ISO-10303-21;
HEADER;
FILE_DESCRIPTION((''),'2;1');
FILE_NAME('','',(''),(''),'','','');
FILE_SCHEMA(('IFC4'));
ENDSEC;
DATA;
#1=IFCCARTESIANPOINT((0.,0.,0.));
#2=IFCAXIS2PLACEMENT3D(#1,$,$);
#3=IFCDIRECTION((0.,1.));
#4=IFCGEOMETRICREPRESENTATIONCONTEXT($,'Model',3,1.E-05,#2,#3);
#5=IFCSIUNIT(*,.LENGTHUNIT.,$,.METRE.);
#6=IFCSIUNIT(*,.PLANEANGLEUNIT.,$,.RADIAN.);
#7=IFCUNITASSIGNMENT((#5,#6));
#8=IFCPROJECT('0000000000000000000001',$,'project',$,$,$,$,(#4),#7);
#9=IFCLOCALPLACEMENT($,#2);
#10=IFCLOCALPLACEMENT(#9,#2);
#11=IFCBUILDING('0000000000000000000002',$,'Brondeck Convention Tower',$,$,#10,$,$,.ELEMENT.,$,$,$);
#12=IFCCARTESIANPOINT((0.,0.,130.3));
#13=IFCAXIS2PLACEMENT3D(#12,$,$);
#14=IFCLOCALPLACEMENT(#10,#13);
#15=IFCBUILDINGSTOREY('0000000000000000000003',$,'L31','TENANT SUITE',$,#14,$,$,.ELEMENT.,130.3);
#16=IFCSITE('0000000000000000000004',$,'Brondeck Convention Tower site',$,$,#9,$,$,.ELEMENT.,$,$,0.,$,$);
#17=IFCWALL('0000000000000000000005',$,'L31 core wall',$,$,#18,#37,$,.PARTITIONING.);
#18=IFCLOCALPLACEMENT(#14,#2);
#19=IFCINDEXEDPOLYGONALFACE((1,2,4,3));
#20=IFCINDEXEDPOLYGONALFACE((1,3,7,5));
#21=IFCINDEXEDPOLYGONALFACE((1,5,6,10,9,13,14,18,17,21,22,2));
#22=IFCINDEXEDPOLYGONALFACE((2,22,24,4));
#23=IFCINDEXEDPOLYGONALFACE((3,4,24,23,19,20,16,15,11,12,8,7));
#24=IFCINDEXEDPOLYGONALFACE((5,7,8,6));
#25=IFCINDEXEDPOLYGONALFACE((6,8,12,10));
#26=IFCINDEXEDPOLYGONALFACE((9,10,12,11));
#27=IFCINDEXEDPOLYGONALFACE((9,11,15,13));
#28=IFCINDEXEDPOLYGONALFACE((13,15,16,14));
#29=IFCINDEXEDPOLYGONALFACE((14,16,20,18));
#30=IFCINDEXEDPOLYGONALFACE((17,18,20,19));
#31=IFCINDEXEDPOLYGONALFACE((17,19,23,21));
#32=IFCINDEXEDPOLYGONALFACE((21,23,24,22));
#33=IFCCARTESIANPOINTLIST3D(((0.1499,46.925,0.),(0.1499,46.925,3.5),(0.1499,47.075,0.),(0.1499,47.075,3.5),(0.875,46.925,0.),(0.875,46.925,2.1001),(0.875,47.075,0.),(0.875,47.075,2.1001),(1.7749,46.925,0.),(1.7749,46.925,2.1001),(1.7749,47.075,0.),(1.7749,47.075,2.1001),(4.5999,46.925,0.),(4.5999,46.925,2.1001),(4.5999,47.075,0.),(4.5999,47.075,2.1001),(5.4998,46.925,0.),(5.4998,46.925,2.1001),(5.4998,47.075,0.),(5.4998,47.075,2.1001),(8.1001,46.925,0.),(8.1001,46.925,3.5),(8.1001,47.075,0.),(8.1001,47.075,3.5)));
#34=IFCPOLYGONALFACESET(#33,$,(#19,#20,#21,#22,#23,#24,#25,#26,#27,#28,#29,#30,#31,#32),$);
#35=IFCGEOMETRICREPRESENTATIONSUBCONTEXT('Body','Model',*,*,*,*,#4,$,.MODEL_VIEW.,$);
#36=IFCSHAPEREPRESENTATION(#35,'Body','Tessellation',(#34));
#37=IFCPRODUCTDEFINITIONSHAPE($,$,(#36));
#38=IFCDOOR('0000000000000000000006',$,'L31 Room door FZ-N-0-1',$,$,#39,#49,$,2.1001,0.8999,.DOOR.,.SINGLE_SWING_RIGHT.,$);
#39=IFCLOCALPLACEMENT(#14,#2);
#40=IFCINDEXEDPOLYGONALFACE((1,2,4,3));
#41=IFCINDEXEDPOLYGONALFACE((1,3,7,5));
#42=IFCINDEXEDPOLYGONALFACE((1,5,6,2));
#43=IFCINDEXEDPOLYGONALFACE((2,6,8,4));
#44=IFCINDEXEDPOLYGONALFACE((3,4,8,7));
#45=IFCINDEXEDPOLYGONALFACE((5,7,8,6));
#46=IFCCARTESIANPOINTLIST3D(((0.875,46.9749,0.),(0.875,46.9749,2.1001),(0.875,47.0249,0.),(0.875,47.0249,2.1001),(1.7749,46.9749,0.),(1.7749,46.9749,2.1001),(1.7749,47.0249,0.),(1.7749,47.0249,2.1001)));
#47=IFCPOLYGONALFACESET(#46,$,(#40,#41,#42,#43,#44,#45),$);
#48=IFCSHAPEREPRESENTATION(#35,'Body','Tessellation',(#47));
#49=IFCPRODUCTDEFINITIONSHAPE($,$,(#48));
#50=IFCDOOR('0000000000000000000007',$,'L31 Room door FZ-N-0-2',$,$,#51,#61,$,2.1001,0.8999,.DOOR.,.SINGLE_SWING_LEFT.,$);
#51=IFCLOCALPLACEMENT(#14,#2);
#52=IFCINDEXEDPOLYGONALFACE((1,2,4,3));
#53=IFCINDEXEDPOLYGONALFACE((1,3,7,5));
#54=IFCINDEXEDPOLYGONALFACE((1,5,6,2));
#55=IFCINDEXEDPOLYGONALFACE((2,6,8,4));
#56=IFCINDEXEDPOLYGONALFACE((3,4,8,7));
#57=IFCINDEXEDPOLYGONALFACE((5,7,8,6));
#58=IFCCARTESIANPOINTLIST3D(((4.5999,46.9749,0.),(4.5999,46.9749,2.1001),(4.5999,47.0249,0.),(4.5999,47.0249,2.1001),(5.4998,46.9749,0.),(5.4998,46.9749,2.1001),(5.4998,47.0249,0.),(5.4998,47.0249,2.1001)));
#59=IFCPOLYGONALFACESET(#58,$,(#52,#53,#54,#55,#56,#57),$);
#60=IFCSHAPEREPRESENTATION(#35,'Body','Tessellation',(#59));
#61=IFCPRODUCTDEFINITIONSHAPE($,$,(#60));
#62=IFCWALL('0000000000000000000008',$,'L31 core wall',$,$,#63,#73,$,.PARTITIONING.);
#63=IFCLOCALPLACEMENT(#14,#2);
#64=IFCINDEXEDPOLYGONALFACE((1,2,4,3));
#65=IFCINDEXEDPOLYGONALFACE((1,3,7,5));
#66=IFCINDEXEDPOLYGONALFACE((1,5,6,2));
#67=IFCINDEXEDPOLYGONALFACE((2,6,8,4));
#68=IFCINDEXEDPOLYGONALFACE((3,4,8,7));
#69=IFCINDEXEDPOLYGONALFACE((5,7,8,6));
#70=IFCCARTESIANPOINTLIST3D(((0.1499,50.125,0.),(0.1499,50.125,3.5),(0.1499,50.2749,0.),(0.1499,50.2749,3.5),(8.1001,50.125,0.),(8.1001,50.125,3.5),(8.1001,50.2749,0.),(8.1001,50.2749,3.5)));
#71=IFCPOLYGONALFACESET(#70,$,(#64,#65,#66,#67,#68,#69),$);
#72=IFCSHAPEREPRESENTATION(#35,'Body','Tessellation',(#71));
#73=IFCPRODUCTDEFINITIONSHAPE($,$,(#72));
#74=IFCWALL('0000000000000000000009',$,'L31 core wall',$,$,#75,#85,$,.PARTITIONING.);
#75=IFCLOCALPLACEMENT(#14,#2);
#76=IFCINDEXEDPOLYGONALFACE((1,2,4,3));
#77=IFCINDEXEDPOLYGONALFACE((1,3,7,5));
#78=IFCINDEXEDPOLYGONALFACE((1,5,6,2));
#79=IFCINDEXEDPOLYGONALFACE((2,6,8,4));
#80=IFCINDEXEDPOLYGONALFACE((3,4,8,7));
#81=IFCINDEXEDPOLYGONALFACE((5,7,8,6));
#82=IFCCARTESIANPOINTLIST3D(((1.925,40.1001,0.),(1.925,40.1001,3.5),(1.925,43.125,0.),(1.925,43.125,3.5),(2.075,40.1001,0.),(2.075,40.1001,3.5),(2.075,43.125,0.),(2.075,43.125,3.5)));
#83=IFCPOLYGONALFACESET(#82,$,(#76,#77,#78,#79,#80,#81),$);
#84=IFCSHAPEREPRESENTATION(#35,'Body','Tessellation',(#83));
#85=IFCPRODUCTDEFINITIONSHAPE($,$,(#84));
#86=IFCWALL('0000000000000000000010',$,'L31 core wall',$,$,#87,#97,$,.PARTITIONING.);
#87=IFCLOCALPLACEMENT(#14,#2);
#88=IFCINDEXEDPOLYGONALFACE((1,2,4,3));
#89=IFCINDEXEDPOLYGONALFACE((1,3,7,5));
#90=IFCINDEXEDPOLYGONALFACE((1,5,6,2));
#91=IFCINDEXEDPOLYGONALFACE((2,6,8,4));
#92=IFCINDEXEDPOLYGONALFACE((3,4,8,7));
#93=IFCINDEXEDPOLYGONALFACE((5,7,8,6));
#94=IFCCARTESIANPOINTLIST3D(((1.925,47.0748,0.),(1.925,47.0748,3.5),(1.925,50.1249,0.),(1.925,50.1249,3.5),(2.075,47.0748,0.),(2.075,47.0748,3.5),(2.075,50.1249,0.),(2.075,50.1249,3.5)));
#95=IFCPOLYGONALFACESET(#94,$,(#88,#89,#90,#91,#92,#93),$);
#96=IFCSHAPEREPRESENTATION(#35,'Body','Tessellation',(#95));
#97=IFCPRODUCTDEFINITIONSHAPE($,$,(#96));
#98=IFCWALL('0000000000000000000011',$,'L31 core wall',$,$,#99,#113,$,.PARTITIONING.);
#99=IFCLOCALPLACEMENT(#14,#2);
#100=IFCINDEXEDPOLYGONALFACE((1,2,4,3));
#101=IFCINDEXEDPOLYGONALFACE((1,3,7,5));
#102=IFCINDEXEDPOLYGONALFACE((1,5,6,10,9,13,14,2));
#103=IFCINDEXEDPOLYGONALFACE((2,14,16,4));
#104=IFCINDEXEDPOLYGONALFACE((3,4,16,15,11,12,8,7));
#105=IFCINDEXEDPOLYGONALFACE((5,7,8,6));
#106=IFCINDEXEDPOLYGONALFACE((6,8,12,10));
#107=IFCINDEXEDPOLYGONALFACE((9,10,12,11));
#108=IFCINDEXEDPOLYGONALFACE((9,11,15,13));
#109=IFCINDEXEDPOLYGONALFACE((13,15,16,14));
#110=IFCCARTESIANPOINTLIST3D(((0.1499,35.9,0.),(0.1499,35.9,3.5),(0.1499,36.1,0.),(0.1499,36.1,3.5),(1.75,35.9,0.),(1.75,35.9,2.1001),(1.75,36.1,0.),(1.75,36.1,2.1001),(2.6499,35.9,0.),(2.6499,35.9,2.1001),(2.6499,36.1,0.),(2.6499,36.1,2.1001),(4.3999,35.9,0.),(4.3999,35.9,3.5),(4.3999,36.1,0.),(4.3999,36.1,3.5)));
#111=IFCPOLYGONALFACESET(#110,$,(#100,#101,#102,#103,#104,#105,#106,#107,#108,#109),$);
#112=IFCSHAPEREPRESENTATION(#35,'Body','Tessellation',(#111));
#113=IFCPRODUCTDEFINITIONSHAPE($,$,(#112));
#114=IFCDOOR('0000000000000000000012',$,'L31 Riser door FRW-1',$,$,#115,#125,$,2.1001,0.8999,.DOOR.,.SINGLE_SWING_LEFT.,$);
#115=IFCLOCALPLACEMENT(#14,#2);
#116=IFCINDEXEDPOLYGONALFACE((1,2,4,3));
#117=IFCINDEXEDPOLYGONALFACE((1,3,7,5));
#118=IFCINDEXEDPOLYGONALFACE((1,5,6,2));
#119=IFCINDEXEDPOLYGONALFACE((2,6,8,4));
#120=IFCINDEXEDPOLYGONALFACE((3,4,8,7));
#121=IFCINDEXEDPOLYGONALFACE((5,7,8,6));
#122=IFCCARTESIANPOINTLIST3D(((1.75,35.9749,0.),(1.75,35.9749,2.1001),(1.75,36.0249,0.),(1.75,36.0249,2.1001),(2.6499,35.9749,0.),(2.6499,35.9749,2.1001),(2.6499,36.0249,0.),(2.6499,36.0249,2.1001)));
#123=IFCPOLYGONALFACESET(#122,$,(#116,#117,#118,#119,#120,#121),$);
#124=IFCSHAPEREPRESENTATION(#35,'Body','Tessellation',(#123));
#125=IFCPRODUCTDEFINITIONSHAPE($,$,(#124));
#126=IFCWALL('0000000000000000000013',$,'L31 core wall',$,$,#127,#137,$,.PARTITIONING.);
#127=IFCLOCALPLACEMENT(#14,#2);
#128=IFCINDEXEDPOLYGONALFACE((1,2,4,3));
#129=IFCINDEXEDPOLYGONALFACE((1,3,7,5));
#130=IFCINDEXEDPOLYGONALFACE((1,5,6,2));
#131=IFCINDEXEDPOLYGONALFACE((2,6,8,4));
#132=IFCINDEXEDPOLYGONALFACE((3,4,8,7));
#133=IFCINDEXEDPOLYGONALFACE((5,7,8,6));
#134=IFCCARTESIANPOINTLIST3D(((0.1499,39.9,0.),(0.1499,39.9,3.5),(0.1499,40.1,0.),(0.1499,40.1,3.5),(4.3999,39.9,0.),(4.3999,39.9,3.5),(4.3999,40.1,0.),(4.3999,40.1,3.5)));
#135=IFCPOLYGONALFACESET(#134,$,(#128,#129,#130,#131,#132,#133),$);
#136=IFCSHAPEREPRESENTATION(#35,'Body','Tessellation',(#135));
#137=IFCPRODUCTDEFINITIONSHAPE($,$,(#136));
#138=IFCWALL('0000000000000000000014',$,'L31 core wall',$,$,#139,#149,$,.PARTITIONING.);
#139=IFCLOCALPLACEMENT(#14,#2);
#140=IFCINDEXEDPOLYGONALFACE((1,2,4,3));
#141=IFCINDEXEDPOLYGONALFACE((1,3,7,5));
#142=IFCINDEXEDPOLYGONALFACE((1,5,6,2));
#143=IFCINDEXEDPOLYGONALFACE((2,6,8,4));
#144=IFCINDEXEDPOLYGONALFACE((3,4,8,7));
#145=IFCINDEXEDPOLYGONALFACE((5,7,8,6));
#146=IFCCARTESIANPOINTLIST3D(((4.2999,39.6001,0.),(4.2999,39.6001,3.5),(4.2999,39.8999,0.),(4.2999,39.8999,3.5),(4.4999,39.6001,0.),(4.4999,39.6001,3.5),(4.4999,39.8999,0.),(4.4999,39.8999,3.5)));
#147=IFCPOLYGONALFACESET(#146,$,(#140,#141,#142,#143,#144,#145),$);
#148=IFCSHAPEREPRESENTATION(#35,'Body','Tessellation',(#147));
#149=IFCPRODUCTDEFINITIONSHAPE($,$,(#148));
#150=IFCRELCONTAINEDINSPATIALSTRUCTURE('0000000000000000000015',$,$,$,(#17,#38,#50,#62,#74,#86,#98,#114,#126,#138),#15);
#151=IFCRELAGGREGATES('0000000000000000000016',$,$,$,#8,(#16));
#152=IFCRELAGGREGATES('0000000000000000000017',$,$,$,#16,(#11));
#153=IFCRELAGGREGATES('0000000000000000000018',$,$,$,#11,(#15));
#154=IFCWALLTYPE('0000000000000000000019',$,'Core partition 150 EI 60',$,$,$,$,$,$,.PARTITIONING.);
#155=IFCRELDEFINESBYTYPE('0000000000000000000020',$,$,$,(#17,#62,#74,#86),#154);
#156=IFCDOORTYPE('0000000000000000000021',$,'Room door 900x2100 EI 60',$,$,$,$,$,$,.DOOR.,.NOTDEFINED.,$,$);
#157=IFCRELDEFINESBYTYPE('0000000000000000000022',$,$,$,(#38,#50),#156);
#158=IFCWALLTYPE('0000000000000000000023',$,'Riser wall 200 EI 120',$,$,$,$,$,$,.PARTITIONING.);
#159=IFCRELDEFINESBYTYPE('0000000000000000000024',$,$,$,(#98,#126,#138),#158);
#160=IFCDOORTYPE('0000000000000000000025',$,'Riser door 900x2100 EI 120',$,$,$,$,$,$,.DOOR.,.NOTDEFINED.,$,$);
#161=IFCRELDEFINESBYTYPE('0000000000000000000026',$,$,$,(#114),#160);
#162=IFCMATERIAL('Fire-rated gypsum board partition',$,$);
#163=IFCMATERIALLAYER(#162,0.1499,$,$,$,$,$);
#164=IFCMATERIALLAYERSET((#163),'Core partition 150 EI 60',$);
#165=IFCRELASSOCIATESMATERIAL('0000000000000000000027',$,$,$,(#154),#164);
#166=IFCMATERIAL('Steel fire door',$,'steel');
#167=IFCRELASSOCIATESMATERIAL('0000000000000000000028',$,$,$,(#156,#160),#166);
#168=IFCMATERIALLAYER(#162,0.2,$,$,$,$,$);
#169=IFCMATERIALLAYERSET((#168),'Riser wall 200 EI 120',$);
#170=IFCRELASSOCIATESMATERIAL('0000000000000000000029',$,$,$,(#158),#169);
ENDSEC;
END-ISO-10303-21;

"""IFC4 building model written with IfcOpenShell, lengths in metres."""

from ifc_helpers import new_model, si_unit, direction, frame, frame_2d, origin, place, context, subcontext, project, spatial, rectangle, extrude, material, layer, layer_set, type_object, element, fill, save


model = new_model("IFC4")

# Units and contexts
model_context = context("Model", 3, precision=1e-05, world=origin(), true_north=direction((0.0, 1.0)))
body_context = subcontext(model_context, "Body", "Model", "MODEL_VIEW")
ifc_project = project(units=[si_unit("LENGTHUNIT", "METRE"), si_unit("PLANEANGLEUNIT", "RADIAN")], contexts=[model_context])

# Site, building, storey
site_placement = place(None, origin())
site = spatial("IfcSite", under=ifc_project, at=site_placement, Name="Brondeck Convention Tower site", CompositionType="ELEMENT", RefElevation=0.0)
building_placement = place(site_placement, origin())
building = spatial("IfcBuilding", under=site, at=building_placement, Name="Brondeck Convention Tower", CompositionType="ELEMENT")
storey_placement = place(building_placement, frame((0.0, 0.0, 130.3)))
storey = spatial("IfcBuildingStorey", under=building, at=storey_placement, Name="L31", Description="TENANT SUITE", CompositionType="ELEMENT", Elevation=130.3)

# Shared definitions
ifc_material_1 = material(Name="Fire-rated gypsum board partition")
ifc_layer_1 = layer(ifc_material_1, 0.1499)
ifc_layer_set_1 = layer_set([ifc_layer_1], Name="Core partition 150 EI 60")
wall_type_1 = type_object("IfcWallType", Name="Core partition 150 EI 60", PredefinedType="PARTITIONING", material=ifc_layer_set_1)

# Wall, openings, doors
ifc_material_2 = material(Name="Steel fire door", Category="steel")
door_type_1 = type_object("IfcDoorType", Name="Room door 900x2100 EI 60", OperationType="NOTDEFINED", PredefinedType="DOOR", material=ifc_material_2)
wall_1_placement = place(storey_placement, frame((0.1499, 47.0, 0.0), z_axis=(0.0, 0.0, 1.0), x_axis=(1.0, 0.0, 0.0)))
wall_1 = element("IfcWall", 1, at=wall_1_placement, inside=storey, type_object=wall_type_1, Name="L31 core wall", PredefinedType="PARTITIONING", context=body_context, shape_type="SweptSolid", body=[
    extrude(rectangle(XDim=7.9502, YDim=0.1499, at=frame_2d((3.9751, 0.0))), origin(), (0.0, 0.0, 1.0), 3.5),
])
opening_1_placement = place(wall_1_placement, frame((0.7251, 0.0, 0.0)))
opening_1 = element("IfcOpeningElement", 2, at=opening_1_placement, cuts=wall_1, PredefinedType="OPENING", context=body_context, shape_type="SweptSolid", body=[
    extrude(rectangle(XDim=0.8999, YDim=2.1001, at=frame_2d((0.45, 1.05))), frame((0.0, 0.085, 0.0), z_axis=(0.0, -1.0, 0.0), x_axis=(1.0, 0.0, 0.0)), (0.0, 0.0, 1.0), 0.1699),
])
opening_2_placement = place(wall_1_placement, frame((4.45, 0.0, 0.0)))
opening_2 = element("IfcOpeningElement", 3, at=opening_2_placement, cuts=wall_1, PredefinedType="OPENING", context=body_context, shape_type="SweptSolid", body=[
    extrude(rectangle(XDim=0.8999, YDim=2.1001, at=frame_2d((0.45, 1.05))), frame((0.0, 0.085, 0.0), z_axis=(0.0, -1.0, 0.0), x_axis=(1.0, 0.0, 0.0)), (0.0, 0.0, 1.0), 0.1699),
])
door_1_placement = place(opening_1_placement, origin())
door_1 = element("IfcDoor", 4, at=door_1_placement, inside=storey, type_object=door_type_1, Name="L31 Room door FZ-N-0-1", OperationType="SINGLE_SWING_RIGHT", OverallHeight=2.1001, OverallWidth=0.8999, PredefinedType="DOOR", context=body_context, shape_type="SweptSolid", body=[
    extrude(rectangle(XDim=0.8999, YDim=2.1001, at=frame_2d((0.45, 1.05))), frame((0.0, 0.0249, 0.0), z_axis=(0.0, -1.0, 0.0), x_axis=(1.0, 0.0, 0.0)), (0.0, 0.0, 1.0), 0.05),
])
fill(opening_1, door_1)
door_2_placement = place(opening_2_placement, origin())
door_2 = element("IfcDoor", 5, at=door_2_placement, inside=storey, type_object=door_type_1, Name="L31 Room door FZ-N-0-2", OperationType="SINGLE_SWING_LEFT", OverallHeight=2.1001, OverallWidth=0.8999, PredefinedType="DOOR", context=body_context, shape_type="SweptSolid", body=[
    extrude(rectangle(XDim=0.8999, YDim=2.1001, at=frame_2d((0.45, 1.05))), frame((0.0, 0.0249, 0.0), z_axis=(0.0, -1.0, 0.0), x_axis=(1.0, 0.0, 0.0)), (0.0, 0.0, 1.0), 0.05),
])
fill(opening_2, door_2)

# Walls
wall_2_placement = place(storey_placement, frame((0.1499, 50.2, 0.0), z_axis=(0.0, 0.0, 1.0), x_axis=(1.0, 0.0, 0.0)))
element("IfcWall", 6, at=wall_2_placement, inside=storey, type_object=wall_type_1, Name="L31 core wall", PredefinedType="PARTITIONING", context=body_context, shape_type="SweptSolid", body=[
    extrude(rectangle(XDim=7.9502, YDim=0.1499, at=frame_2d((3.9751, 0.0))), origin(), (0.0, 0.0, 1.0), 3.5),
])
wall_3_placement = place(storey_placement, frame((2.0, 40.1001, 0.0), z_axis=(0.0, 0.0, 1.0), x_axis=(0.0, 1.0, 0.0)))
element("IfcWall", 7, at=wall_3_placement, inside=storey, type_object=wall_type_1, Name="L31 core wall", PredefinedType="PARTITIONING", context=body_context, shape_type="SweptSolid", body=[
    extrude(rectangle(XDim=3.0249, YDim=0.1499, at=frame_2d((1.5125, 0.0))), origin(), (0.0, 0.0, 1.0), 3.5),
])
wall_4_placement = place(storey_placement, frame((2.0, 47.075, 0.0), z_axis=(0.0, 0.0, 1.0), x_axis=(0.0, 1.0, 0.0)))
element("IfcWall", 8, at=wall_4_placement, inside=storey, type_object=wall_type_1, Name="L31 core wall", PredefinedType="PARTITIONING", context=body_context, shape_type="SweptSolid", body=[
    extrude(rectangle(XDim=3.05, YDim=0.1499, at=frame_2d((1.5249, 0.0))), origin(), (0.0, 0.0, 1.0), 3.5),
])

# Wall, opening, door
ifc_layer_2 = layer(ifc_material_1, 0.2)
ifc_layer_set_2 = layer_set([ifc_layer_2], Name="Riser wall 200 EI 120")
wall_type_2 = type_object("IfcWallType", Name="Riser wall 200 EI 120", PredefinedType="PARTITIONING", material=ifc_layer_set_2)
wall_5_placement = place(storey_placement, frame((0.1499, 36.0, 0.0), z_axis=(0.0, 0.0, 1.0), x_axis=(1.0, 0.0, 0.0)))
wall_5 = element("IfcWall", 9, at=wall_5_placement, inside=storey, type_object=wall_type_2, Name="L31 core wall", PredefinedType="PARTITIONING", context=body_context, shape_type="SweptSolid", body=[
    extrude(rectangle(XDim=4.25, YDim=0.2, at=frame_2d((2.125, 0.0))), origin(), (0.0, 0.0, 1.0), 3.5),
])
opening_3_placement = place(wall_5_placement, frame((1.6001, 0.0, 0.0)))
opening_3 = element("IfcOpeningElement", 10, at=opening_3_placement, cuts=wall_5, PredefinedType="OPENING", context=body_context, shape_type="SweptSolid", body=[
    extrude(rectangle(XDim=0.8999, YDim=2.1001, at=frame_2d((0.45, 1.05))), frame((0.0, 0.1099, 0.0), z_axis=(0.0, -1.0, 0.0), x_axis=(1.0, 0.0, 0.0)), (0.0, 0.0, 1.0), 0.22),
])
door_type_2 = type_object("IfcDoorType", Name="Riser door 900x2100 EI 120", OperationType="NOTDEFINED", PredefinedType="DOOR", material=ifc_material_2)
door_3_placement = place(opening_3_placement, origin())
door_3 = element("IfcDoor", 11, at=door_3_placement, inside=storey, type_object=door_type_2, Name="L31 Riser door FRW-1", OperationType="SINGLE_SWING_LEFT", OverallHeight=2.1001, OverallWidth=0.8999, PredefinedType="DOOR", context=body_context, shape_type="SweptSolid", body=[
    extrude(rectangle(XDim=0.8999, YDim=2.1001, at=frame_2d((0.45, 1.05))), frame((0.0, 0.0249, 0.0), z_axis=(0.0, -1.0, 0.0), x_axis=(1.0, 0.0, 0.0)), (0.0, 0.0, 1.0), 0.05),
])
fill(opening_3, door_3)

# Walls
wall_6_placement = place(storey_placement, frame((0.1499, 40.0, 0.0), z_axis=(0.0, 0.0, 1.0), x_axis=(1.0, 0.0, 0.0)))
element("IfcWall", 12, at=wall_6_placement, inside=storey, type_object=wall_type_2, Name="L31 core wall", PredefinedType="PARTITIONING", context=body_context, shape_type="SweptSolid", body=[
    extrude(rectangle(XDim=4.25, YDim=0.2, at=frame_2d((2.125, 0.0))), origin(), (0.0, 0.0, 1.0), 3.5),
])
wall_7_placement = place(storey_placement, frame((4.3999, 39.6001, 0.0), z_axis=(0.0, 0.0, 1.0), x_axis=(0.0, 1.0, 0.0)))
element("IfcWall", 13, at=wall_7_placement, inside=storey, type_object=wall_type_2, Name="L31 core wall", PredefinedType="PARTITIONING", context=body_context, shape_type="SweptSolid", body=[
    extrude(rectangle(XDim=0.2998, YDim=0.2, at=frame_2d((0.1499, 0.0))), origin(), (0.0, 0.0, 1.0), 3.5),
])

save(model, "model.ifc")
